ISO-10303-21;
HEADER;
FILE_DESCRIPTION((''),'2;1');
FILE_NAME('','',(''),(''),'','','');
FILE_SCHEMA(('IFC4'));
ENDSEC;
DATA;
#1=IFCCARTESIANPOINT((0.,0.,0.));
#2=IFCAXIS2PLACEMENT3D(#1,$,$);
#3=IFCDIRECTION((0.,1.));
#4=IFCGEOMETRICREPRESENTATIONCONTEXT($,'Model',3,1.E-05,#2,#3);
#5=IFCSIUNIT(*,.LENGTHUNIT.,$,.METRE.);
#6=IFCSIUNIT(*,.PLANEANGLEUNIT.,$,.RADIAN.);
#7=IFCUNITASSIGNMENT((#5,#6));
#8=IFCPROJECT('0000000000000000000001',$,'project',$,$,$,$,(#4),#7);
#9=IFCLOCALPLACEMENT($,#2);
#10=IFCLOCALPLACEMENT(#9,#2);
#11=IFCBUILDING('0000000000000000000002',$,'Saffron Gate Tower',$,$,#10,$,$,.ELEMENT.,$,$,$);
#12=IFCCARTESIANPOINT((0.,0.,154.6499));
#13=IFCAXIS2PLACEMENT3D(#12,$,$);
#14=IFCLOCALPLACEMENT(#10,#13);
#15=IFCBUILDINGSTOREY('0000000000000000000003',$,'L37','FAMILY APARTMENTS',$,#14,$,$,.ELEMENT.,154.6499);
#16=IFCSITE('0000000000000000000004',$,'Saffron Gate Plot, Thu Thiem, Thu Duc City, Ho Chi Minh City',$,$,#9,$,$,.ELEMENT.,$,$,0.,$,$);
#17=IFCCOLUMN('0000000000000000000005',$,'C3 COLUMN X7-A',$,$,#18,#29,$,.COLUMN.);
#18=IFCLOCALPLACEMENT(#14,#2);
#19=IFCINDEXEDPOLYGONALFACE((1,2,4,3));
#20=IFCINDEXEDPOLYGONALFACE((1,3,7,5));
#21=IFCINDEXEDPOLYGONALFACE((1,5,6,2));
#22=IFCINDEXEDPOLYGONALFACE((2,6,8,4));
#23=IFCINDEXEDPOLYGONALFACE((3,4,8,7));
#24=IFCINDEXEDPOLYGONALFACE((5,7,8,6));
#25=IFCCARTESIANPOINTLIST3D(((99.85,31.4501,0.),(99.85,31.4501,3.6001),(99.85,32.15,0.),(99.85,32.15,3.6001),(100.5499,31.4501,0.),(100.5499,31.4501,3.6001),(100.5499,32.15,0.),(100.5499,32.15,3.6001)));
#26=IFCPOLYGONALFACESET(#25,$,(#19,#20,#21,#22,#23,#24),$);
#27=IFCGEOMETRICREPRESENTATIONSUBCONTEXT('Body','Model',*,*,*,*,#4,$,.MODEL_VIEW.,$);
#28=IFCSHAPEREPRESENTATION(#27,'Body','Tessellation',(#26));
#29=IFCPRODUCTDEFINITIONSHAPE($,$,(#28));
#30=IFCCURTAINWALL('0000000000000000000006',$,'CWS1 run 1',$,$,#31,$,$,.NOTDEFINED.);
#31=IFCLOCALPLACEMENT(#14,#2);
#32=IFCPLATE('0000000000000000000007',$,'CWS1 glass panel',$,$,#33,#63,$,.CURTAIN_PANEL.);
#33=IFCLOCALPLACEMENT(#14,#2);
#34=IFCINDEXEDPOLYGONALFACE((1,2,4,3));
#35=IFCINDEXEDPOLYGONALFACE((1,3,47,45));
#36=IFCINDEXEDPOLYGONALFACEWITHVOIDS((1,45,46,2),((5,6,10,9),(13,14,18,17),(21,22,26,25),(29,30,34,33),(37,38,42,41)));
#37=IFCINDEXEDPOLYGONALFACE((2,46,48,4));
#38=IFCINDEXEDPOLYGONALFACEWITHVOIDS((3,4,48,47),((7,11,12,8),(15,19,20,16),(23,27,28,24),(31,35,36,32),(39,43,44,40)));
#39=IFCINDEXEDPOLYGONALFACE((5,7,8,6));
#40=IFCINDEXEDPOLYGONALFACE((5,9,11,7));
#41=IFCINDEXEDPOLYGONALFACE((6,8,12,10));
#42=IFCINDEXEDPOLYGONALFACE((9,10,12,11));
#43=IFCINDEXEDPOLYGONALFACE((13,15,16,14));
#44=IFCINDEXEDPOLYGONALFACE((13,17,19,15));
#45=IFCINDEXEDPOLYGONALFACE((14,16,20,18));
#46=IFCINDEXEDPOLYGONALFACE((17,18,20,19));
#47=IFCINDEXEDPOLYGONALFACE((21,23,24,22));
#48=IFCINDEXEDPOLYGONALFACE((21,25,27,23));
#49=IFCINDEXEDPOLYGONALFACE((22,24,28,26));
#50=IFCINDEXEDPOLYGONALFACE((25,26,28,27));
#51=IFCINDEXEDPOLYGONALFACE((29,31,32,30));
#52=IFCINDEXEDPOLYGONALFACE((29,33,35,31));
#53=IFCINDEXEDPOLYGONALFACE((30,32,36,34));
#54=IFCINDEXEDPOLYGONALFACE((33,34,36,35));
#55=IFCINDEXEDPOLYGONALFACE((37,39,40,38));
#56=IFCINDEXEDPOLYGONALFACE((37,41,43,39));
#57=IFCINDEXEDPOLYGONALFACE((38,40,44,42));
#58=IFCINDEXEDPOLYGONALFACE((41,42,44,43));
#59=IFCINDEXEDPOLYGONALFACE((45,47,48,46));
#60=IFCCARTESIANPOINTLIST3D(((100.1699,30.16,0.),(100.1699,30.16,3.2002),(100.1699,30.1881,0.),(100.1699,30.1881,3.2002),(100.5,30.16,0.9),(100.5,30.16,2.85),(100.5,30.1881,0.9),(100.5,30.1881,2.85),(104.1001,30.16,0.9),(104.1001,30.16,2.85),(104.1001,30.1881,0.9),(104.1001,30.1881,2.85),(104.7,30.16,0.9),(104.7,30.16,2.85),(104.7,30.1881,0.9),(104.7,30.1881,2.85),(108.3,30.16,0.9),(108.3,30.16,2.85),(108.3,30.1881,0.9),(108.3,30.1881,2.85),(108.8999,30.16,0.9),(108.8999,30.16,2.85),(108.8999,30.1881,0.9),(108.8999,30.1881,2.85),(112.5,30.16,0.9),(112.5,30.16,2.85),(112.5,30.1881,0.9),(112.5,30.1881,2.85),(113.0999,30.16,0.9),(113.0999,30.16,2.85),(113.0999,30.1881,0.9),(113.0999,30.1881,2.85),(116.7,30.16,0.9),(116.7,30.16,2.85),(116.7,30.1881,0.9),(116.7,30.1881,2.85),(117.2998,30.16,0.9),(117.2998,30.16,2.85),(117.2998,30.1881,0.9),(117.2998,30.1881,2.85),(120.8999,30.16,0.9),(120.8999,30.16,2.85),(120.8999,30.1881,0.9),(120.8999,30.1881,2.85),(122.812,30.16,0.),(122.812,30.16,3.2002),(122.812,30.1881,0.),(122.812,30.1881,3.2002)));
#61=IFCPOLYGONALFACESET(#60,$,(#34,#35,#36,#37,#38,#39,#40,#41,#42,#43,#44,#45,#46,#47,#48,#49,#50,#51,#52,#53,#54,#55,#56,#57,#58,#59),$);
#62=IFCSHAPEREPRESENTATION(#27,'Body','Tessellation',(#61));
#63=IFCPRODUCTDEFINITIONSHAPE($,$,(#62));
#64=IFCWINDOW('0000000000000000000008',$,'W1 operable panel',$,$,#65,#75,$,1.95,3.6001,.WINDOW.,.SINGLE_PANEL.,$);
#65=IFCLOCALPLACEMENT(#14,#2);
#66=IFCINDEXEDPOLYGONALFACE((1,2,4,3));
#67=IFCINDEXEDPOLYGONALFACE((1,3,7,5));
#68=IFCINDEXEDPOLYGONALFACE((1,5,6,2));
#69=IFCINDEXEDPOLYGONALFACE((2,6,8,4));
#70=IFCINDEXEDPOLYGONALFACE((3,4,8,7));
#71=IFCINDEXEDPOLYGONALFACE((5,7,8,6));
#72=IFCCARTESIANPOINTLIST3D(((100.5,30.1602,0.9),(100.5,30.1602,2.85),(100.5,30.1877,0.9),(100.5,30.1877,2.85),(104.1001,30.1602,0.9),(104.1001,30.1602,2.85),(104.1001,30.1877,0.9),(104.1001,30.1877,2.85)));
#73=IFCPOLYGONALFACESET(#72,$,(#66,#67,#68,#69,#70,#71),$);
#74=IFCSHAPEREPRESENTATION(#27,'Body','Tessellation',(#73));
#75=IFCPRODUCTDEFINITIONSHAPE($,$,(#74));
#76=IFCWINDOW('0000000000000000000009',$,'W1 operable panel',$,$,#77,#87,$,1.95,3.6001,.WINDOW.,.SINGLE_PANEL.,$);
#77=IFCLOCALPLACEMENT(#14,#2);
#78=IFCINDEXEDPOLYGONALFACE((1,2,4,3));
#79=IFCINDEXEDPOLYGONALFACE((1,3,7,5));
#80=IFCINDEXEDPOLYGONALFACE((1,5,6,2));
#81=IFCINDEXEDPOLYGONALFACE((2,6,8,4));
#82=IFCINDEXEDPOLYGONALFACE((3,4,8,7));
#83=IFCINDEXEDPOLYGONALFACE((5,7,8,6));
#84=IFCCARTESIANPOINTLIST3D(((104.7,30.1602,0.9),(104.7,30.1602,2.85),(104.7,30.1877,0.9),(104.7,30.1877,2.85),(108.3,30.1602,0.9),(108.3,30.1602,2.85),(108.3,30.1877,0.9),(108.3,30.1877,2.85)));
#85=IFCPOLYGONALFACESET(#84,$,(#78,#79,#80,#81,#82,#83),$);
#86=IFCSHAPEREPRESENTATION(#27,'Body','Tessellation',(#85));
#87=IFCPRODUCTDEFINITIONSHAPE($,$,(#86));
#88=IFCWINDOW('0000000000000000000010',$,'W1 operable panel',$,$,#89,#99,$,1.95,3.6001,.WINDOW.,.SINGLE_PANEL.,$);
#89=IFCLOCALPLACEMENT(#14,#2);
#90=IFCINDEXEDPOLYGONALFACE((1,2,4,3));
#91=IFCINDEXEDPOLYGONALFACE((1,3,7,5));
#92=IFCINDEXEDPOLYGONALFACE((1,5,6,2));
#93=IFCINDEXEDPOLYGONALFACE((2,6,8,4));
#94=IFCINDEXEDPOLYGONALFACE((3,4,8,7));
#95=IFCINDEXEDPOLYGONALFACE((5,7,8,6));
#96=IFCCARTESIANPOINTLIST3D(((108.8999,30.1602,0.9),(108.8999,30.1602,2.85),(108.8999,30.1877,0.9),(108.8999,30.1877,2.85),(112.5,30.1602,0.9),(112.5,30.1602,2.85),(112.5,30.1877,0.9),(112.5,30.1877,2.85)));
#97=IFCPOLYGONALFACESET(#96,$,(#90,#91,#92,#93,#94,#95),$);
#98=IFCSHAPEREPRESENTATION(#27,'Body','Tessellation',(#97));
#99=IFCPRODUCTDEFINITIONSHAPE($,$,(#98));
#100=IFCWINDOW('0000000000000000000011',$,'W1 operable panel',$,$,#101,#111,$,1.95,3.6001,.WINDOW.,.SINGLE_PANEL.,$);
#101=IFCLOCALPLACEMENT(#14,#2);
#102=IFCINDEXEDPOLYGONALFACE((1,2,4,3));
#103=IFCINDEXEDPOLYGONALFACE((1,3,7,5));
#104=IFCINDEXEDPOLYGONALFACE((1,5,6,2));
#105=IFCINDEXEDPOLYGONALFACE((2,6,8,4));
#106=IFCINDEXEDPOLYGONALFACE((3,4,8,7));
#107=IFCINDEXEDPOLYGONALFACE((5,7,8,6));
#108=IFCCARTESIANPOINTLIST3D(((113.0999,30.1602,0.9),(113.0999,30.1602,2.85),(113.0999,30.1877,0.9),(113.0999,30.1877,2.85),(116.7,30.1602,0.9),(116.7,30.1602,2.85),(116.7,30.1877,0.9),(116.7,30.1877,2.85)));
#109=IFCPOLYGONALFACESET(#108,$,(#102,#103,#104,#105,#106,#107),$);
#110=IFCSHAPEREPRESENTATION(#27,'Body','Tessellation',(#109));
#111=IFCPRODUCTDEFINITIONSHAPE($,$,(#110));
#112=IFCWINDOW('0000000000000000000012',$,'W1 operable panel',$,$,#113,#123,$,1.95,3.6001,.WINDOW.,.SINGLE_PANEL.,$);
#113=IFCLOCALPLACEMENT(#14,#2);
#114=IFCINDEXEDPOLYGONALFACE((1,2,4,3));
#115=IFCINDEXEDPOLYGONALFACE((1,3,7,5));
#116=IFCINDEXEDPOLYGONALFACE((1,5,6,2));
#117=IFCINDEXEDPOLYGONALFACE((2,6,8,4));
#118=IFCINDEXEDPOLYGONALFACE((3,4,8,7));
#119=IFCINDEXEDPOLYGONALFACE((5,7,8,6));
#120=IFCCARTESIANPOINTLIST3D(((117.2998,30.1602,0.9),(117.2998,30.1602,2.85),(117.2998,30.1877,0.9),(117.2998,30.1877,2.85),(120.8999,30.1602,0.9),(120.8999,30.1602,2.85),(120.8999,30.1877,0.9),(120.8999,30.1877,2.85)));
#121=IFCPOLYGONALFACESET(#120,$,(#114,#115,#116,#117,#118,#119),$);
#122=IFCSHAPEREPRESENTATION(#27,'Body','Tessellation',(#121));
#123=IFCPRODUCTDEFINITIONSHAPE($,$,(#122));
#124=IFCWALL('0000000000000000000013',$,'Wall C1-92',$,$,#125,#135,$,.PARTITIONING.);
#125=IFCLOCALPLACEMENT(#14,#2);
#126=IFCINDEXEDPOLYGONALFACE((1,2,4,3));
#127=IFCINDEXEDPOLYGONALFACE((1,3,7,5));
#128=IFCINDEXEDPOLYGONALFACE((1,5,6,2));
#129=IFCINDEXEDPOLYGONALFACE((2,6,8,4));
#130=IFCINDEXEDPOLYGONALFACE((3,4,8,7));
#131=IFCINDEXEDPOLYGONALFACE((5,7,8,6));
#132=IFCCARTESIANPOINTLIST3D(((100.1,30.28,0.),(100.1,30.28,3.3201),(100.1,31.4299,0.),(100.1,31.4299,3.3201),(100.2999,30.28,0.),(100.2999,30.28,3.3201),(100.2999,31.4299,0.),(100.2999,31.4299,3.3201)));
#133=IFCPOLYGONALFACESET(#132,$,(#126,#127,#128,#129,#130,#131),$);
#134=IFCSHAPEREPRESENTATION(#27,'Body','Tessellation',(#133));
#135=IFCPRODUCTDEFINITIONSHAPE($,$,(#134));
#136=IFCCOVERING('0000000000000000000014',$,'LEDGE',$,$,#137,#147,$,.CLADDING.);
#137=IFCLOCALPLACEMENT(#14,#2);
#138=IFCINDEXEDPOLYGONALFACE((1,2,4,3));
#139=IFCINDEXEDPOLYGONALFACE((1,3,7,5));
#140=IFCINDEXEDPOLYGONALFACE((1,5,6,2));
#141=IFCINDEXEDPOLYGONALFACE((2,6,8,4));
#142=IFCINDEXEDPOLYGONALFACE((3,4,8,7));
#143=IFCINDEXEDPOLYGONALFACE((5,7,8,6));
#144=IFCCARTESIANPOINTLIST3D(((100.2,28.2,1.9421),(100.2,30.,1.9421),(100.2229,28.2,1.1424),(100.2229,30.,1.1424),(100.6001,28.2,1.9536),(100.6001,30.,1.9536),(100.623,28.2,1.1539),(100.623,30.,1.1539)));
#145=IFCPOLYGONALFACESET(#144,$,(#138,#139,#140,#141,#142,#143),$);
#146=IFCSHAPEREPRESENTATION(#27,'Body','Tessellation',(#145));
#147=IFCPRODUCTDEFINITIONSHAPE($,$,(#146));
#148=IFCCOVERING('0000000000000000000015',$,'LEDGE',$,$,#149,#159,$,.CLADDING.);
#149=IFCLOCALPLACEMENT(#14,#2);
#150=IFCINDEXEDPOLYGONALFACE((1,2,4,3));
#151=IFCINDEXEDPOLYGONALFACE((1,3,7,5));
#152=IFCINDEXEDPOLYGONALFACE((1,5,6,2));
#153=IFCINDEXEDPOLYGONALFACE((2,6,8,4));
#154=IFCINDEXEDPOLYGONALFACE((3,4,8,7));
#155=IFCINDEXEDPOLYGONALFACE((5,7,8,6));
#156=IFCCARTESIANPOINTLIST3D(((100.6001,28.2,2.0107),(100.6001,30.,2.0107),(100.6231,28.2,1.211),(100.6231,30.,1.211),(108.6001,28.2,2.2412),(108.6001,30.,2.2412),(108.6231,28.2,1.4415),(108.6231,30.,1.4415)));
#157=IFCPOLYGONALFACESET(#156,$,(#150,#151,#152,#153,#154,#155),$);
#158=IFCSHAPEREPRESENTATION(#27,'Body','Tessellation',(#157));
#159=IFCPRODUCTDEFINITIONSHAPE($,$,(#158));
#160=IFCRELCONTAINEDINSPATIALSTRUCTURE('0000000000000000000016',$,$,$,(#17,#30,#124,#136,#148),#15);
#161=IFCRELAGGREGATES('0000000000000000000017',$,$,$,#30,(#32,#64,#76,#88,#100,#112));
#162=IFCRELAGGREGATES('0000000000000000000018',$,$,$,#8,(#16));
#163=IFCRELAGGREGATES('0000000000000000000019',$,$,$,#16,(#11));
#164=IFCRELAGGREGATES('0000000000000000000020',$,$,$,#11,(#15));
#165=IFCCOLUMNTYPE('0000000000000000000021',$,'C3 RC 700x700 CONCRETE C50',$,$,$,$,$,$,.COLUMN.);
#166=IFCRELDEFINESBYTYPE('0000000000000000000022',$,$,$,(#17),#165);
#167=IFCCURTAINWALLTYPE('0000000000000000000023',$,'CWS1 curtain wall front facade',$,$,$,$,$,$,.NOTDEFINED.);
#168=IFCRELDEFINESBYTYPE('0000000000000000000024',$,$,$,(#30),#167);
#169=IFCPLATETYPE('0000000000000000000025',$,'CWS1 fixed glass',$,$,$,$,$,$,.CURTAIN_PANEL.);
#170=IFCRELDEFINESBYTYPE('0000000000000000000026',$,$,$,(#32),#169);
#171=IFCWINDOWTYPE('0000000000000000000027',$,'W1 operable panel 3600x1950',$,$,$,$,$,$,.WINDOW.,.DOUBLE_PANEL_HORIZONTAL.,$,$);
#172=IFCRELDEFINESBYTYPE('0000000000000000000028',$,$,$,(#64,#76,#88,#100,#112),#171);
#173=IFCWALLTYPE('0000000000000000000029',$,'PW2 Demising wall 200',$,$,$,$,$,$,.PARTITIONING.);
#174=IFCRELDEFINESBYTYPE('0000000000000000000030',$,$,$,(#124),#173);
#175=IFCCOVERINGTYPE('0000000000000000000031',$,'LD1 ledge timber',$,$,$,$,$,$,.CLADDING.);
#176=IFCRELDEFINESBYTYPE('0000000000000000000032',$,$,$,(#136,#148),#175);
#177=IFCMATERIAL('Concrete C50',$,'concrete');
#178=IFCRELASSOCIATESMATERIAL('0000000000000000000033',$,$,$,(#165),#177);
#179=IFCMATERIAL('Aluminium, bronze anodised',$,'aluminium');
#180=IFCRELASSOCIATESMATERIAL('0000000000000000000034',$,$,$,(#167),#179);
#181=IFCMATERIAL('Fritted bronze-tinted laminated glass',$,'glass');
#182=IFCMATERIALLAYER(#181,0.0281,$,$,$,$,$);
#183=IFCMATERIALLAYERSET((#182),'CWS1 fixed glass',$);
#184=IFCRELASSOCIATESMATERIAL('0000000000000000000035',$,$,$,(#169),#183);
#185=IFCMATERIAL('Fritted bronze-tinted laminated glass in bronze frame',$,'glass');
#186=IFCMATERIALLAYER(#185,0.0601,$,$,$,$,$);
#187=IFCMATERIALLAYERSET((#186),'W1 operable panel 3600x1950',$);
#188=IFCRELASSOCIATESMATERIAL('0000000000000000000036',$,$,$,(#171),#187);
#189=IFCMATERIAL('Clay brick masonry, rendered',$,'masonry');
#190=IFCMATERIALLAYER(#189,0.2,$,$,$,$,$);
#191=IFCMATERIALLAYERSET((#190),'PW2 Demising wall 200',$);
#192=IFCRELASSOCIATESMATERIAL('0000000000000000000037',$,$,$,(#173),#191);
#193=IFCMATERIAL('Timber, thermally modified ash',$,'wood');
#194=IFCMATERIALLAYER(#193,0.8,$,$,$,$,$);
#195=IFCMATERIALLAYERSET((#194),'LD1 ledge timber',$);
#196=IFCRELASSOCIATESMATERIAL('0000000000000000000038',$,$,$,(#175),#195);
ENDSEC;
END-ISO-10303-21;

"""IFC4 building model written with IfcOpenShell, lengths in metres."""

from ifc_helpers import new_model, si_unit, direction, frame, frame_2d, origin, origin_2d, place, context, subcontext, project, spatial, polyline, rectangle, outline, extrude, material, layer, layer_set, material_profile, profile_set, type_object, element, fill, aggregate, save


model = new_model("IFC4")

# Units and contexts
model_context = context("Model", 3, precision=1e-05, world=origin(), true_north=direction((0.0, 1.0)))
body_context = subcontext(model_context, "Body", "Model", "MODEL_VIEW")
ifc_project = project(units=[si_unit("LENGTHUNIT", "METRE"), si_unit("PLANEANGLEUNIT", "RADIAN")], contexts=[model_context])

# Site, building, storey
site_placement = place(None, origin())
site = spatial("IfcSite", under=ifc_project, at=site_placement, Name="Saffron Gate Plot, Thu Thiem, Thu Duc City, Ho Chi Minh City", CompositionType="ELEMENT", RefElevation=0.0)
building_placement = place(site_placement, origin())
building = spatial("IfcBuilding", under=site, at=building_placement, Name="Saffron Gate Tower", CompositionType="ELEMENT")
storey_placement = place(building_placement, frame((0.0, 0.0, 154.6499)))
storey = spatial("IfcBuildingStorey", under=building, at=storey_placement, Name="L37", Description="FAMILY APARTMENTS", CompositionType="ELEMENT", Elevation=154.6499)

# Column
ifc_material_1 = material(Name="Concrete C50", Category="concrete")
ifc_material_profile = material_profile(ifc_material_1, rectangle(XDim=0.7, YDim=0.7, at=origin_2d()))
ifc_profile_set = profile_set([ifc_material_profile], Name="Concrete C50")
column_type = type_object("IfcColumnType", Name="C3 RC 700x700 CONCRETE C50", PredefinedType="COLUMN", material=ifc_profile_set)
column_placement = place(storey_placement, frame((100.2, 31.8, 0.0), z_axis=(0.0, 0.0, 1.0), x_axis=(1.0, 0.0, 0.0)))
element("IfcColumn", 1, at=column_placement, inside=storey, type_object=column_type, Name="C3 COLUMN X7-A", PredefinedType="COLUMN", context=body_context, shape_type="SweptSolid", body=[
    extrude(rectangle(XDim=0.7, YDim=0.7, at=origin_2d()), origin(), (0.0, 0.0, 1.0), 3.6001),
])

# Curtain wall, plate, openings, windows
ifc_material_2 = material(Name="Aluminium, bronze anodised", Category="aluminium")
curtain_wall_type = type_object("IfcCurtainWallType", Name="CWS1 curtain wall front facade", PredefinedType="NOTDEFINED", material=ifc_material_2)
curtain_wall_placement = place(storey_placement, origin())
curtain_wall = element("IfcCurtainWall", 2, at=curtain_wall_placement, inside=storey, type_object=curtain_wall_type, Name="CWS1 run 1", PredefinedType="NOTDEFINED")
ifc_material_3 = material(Name="Fritted bronze-tinted laminated glass", Category="glass")
ifc_layer_1 = layer(ifc_material_3, 0.0281)
ifc_layer_set_1 = layer_set([ifc_layer_1], Name="CWS1 fixed glass")
plate_type = type_object("IfcPlateType", Name="CWS1 fixed glass", PredefinedType="CURTAIN_PANEL", material=ifc_layer_set_1)
plate_placement = place(storey_placement, frame((100.1699, 30.1741, 0.0), z_axis=(0.0, 0.0, 1.0), x_axis=(1.0, 0.0, 0.0)))
plate = element("IfcPlate", 3, at=plate_placement, type_object=plate_type, Name="CWS1 glass panel", PredefinedType="CURTAIN_PANEL", context=body_context, shape_type="SweptSolid", body=[
    extrude(rectangle(XDim=22.6421, YDim=0.0281, at=frame_2d((11.321, 0.0))), origin(), (0.0, 0.0, 1.0), 3.2002),
])
opening_1_placement = place(plate_placement, frame((0.3301, 0.0, 0.8999)))
opening_1 = element("IfcOpeningElement", 4, at=opening_1_placement, cuts=plate, PredefinedType="OPENING", context=body_context, shape_type="SweptSolid", body=[
    extrude(rectangle(XDim=3.6001, YDim=1.95, at=frame_2d((1.8, 0.9751))), frame((0.0, 0.0239, 0.0), z_axis=(0.0, -1.0, 0.0), x_axis=(1.0, 0.0, 0.0)), (0.0, 0.0, 1.0), 0.0481),
])
opening_2_placement = place(plate_placement, frame((4.53, 0.0, 0.8999)))
opening_2 = element("IfcOpeningElement", 5, at=opening_2_placement, cuts=plate, PredefinedType="OPENING", context=body_context, shape_type="SweptSolid", body=[
    extrude(rectangle(XDim=3.6001, YDim=1.95, at=frame_2d((1.8, 0.9751))), frame((0.0, 0.0239, 0.0), z_axis=(0.0, -1.0, 0.0), x_axis=(1.0, 0.0, 0.0)), (0.0, 0.0, 1.0), 0.0481),
])
opening_3_placement = place(plate_placement, frame((8.73, 0.0, 0.8999)))
opening_3 = element("IfcOpeningElement", 6, at=opening_3_placement, cuts=plate, PredefinedType="OPENING", context=body_context, shape_type="SweptSolid", body=[
    extrude(rectangle(XDim=3.6001, YDim=1.95, at=frame_2d((1.8, 0.9751))), frame((0.0, 0.0239, 0.0), z_axis=(0.0, -1.0, 0.0), x_axis=(1.0, 0.0, 0.0)), (0.0, 0.0, 1.0), 0.0481),
])
opening_4_placement = place(plate_placement, frame((12.9299, 0.0, 0.8999)))
opening_4 = element("IfcOpeningElement", 7, at=opening_4_placement, cuts=plate, PredefinedType="OPENING", context=body_context, shape_type="SweptSolid", body=[
    extrude(rectangle(XDim=3.6001, YDim=1.95, at=frame_2d((1.8, 0.9751))), frame((0.0, 0.0239, 0.0), z_axis=(0.0, -1.0, 0.0), x_axis=(1.0, 0.0, 0.0)), (0.0, 0.0, 1.0), 0.0481),
])
opening_5_placement = place(plate_placement, frame((17.1299, 0.0, 0.8999)))
opening_5 = element("IfcOpeningElement", 8, at=opening_5_placement, cuts=plate, PredefinedType="OPENING", context=body_context, shape_type="SweptSolid", body=[
    extrude(rectangle(XDim=3.6001, YDim=1.95, at=frame_2d((1.8, 0.9751))), frame((0.0, 0.0239, 0.0), z_axis=(0.0, -1.0, 0.0), x_axis=(1.0, 0.0, 0.0)), (0.0, 0.0, 1.0), 0.0481),
])
ifc_material_4 = material(Name="Fritted bronze-tinted laminated glass in bronze frame", Category="glass")
ifc_layer_2 = layer(ifc_material_4, 0.0601)
ifc_layer_set_2 = layer_set([ifc_layer_2], Name="W1 operable panel 3600x1950")
window_type = type_object("IfcWindowType", Name="W1 operable panel 3600x1950", PartitioningType="DOUBLE_PANEL_HORIZONTAL", PredefinedType="WINDOW", material=ifc_layer_set_2)
window_1_placement = place(opening_1_placement, origin())
window_1 = element("IfcWindow", 9, at=window_1_placement, type_object=window_type, Name="W1 operable panel", OverallHeight=1.95, OverallWidth=3.6001, PartitioningType="SINGLE_PANEL", PredefinedType="WINDOW", context=body_context, shape_type="SweptSolid", body=[
    extrude(rectangle(XDim=3.6001, YDim=1.95, at=frame_2d((1.8, 0.9751))), frame((0.0, 0.0137, 0.0), z_axis=(0.0, -1.0, 0.0), x_axis=(1.0, 0.0, 0.0)), (0.0, 0.0, 1.0), 0.0276),
])
fill(opening_1, window_1)
window_2_placement = place(opening_2_placement, origin())
window_2 = element("IfcWindow", 10, at=window_2_placement, type_object=window_type, Name="W1 operable panel", OverallHeight=1.95, OverallWidth=3.6001, PartitioningType="SINGLE_PANEL", PredefinedType="WINDOW", context=body_context, shape_type="SweptSolid", body=[
    extrude(rectangle(XDim=3.6001, YDim=1.95, at=frame_2d((1.8, 0.9751))), frame((0.0, 0.0137, 0.0), z_axis=(0.0, -1.0, 0.0), x_axis=(1.0, 0.0, 0.0)), (0.0, 0.0, 1.0), 0.0276),
])
fill(opening_2, window_2)
window_3_placement = place(opening_3_placement, origin())
window_3 = element("IfcWindow", 11, at=window_3_placement, type_object=window_type, Name="W1 operable panel", OverallHeight=1.95, OverallWidth=3.6001, PartitioningType="SINGLE_PANEL", PredefinedType="WINDOW", context=body_context, shape_type="SweptSolid", body=[
    extrude(rectangle(XDim=3.6001, YDim=1.95, at=frame_2d((1.8, 0.9751))), frame((0.0, 0.0137, 0.0), z_axis=(0.0, -1.0, 0.0), x_axis=(1.0, 0.0, 0.0)), (0.0, 0.0, 1.0), 0.0276),
])
fill(opening_3, window_3)
window_4_placement = place(opening_4_placement, origin())
window_4 = element("IfcWindow", 12, at=window_4_placement, type_object=window_type, Name="W1 operable panel", OverallHeight=1.95, OverallWidth=3.6001, PartitioningType="SINGLE_PANEL", PredefinedType="WINDOW", context=body_context, shape_type="SweptSolid", body=[
    extrude(rectangle(XDim=3.6001, YDim=1.95, at=frame_2d((1.8, 0.9751))), frame((0.0, 0.0137, 0.0), z_axis=(0.0, -1.0, 0.0), x_axis=(1.0, 0.0, 0.0)), (0.0, 0.0, 1.0), 0.0276),
])
fill(opening_4, window_4)
window_5_placement = place(opening_5_placement, origin())
window_5 = element("IfcWindow", 13, at=window_5_placement, type_object=window_type, Name="W1 operable panel", OverallHeight=1.95, OverallWidth=3.6001, PartitioningType="SINGLE_PANEL", PredefinedType="WINDOW", context=body_context, shape_type="SweptSolid", body=[
    extrude(rectangle(XDim=3.6001, YDim=1.95, at=frame_2d((1.8, 0.9751))), frame((0.0, 0.0137, 0.0), z_axis=(0.0, -1.0, 0.0), x_axis=(1.0, 0.0, 0.0)), (0.0, 0.0, 1.0), 0.0276),
])
fill(opening_5, window_5)
aggregate(curtain_wall, [plate, window_1, window_2, window_3, window_4, window_5])

# Wall
ifc_material_5 = material(Name="Clay brick masonry, rendered", Category="masonry")
ifc_layer_3 = layer(ifc_material_5, 0.2)
ifc_layer_set_3 = layer_set([ifc_layer_3], Name="PW2 Demising wall 200")
wall_type = type_object("IfcWallType", Name="PW2 Demising wall 200", PredefinedType="PARTITIONING", material=ifc_layer_set_3)
wall_placement = place(storey_placement, frame((100.2, 31.4299, 0.0), z_axis=(0.0, 0.0, 1.0), x_axis=(0.0, -1.0, 0.0)))
element("IfcWall", 14, at=wall_placement, inside=storey, type_object=wall_type, Name="Wall C1-92", PredefinedType="PARTITIONING", context=body_context, shape_type="SweptSolid", body=[
    extrude(rectangle(XDim=1.1499, YDim=0.2, at=frame_2d((0.575, 0.0))), origin(), (0.0, 0.0, 1.0), 3.3201),
])

# Coverings
ifc_material_6 = material(Name="Timber, thermally modified ash", Category="wood")
ifc_layer_4 = layer(ifc_material_6, 0.8)
ifc_layer_set_4 = layer_set([ifc_layer_4], Name="LD1 ledge timber")
covering_type_1 = type_object("IfcCoveringType", Name="LD1 ledge timber", PredefinedType="CLADDING", material=ifc_layer_set_4)
covering_1_placement = place(storey_placement, frame((100.2, 30.0, 1.9421), z_axis=(-0.028664, 0.0, 0.999589), x_axis=(0.999589, 0.0, 0.028664)))
element("IfcCovering", 15, at=covering_1_placement, inside=storey, type_object=covering_type_1, Name="LEDGE", PredefinedType="CLADDING", context=body_context, shape_type="SweptSolid", body=[
    extrude(outline(polyline([(0.0, 0.0), (0.4003, 0.0), (0.4003, -1.8), (0.0, -1.8), (0.0, 0.0)])), origin(), (0.0, 0.0, -1.0), 0.8),
])
covering_2_placement = place(storey_placement, frame((100.6001, 30.0, 2.0107), z_axis=(-0.028797, 0.0, 0.999585), x_axis=(0.999585, 0.0, 0.028797)))
element("IfcCovering", 16, at=covering_2_placement, inside=storey, type_object=covering_type_1, Name="LEDGE", PredefinedType="CLADDING", context=body_context, shape_type="SweptSolid", body=[
    extrude(outline(polyline([(0.0, 0.0), (8.0033, 0.0), (8.0033, -1.8), (0.0, -1.8), (0.0, 0.0)])), origin(), (0.0, 0.0, -1.0), 0.8),
])

save(model, "model.ifc")
